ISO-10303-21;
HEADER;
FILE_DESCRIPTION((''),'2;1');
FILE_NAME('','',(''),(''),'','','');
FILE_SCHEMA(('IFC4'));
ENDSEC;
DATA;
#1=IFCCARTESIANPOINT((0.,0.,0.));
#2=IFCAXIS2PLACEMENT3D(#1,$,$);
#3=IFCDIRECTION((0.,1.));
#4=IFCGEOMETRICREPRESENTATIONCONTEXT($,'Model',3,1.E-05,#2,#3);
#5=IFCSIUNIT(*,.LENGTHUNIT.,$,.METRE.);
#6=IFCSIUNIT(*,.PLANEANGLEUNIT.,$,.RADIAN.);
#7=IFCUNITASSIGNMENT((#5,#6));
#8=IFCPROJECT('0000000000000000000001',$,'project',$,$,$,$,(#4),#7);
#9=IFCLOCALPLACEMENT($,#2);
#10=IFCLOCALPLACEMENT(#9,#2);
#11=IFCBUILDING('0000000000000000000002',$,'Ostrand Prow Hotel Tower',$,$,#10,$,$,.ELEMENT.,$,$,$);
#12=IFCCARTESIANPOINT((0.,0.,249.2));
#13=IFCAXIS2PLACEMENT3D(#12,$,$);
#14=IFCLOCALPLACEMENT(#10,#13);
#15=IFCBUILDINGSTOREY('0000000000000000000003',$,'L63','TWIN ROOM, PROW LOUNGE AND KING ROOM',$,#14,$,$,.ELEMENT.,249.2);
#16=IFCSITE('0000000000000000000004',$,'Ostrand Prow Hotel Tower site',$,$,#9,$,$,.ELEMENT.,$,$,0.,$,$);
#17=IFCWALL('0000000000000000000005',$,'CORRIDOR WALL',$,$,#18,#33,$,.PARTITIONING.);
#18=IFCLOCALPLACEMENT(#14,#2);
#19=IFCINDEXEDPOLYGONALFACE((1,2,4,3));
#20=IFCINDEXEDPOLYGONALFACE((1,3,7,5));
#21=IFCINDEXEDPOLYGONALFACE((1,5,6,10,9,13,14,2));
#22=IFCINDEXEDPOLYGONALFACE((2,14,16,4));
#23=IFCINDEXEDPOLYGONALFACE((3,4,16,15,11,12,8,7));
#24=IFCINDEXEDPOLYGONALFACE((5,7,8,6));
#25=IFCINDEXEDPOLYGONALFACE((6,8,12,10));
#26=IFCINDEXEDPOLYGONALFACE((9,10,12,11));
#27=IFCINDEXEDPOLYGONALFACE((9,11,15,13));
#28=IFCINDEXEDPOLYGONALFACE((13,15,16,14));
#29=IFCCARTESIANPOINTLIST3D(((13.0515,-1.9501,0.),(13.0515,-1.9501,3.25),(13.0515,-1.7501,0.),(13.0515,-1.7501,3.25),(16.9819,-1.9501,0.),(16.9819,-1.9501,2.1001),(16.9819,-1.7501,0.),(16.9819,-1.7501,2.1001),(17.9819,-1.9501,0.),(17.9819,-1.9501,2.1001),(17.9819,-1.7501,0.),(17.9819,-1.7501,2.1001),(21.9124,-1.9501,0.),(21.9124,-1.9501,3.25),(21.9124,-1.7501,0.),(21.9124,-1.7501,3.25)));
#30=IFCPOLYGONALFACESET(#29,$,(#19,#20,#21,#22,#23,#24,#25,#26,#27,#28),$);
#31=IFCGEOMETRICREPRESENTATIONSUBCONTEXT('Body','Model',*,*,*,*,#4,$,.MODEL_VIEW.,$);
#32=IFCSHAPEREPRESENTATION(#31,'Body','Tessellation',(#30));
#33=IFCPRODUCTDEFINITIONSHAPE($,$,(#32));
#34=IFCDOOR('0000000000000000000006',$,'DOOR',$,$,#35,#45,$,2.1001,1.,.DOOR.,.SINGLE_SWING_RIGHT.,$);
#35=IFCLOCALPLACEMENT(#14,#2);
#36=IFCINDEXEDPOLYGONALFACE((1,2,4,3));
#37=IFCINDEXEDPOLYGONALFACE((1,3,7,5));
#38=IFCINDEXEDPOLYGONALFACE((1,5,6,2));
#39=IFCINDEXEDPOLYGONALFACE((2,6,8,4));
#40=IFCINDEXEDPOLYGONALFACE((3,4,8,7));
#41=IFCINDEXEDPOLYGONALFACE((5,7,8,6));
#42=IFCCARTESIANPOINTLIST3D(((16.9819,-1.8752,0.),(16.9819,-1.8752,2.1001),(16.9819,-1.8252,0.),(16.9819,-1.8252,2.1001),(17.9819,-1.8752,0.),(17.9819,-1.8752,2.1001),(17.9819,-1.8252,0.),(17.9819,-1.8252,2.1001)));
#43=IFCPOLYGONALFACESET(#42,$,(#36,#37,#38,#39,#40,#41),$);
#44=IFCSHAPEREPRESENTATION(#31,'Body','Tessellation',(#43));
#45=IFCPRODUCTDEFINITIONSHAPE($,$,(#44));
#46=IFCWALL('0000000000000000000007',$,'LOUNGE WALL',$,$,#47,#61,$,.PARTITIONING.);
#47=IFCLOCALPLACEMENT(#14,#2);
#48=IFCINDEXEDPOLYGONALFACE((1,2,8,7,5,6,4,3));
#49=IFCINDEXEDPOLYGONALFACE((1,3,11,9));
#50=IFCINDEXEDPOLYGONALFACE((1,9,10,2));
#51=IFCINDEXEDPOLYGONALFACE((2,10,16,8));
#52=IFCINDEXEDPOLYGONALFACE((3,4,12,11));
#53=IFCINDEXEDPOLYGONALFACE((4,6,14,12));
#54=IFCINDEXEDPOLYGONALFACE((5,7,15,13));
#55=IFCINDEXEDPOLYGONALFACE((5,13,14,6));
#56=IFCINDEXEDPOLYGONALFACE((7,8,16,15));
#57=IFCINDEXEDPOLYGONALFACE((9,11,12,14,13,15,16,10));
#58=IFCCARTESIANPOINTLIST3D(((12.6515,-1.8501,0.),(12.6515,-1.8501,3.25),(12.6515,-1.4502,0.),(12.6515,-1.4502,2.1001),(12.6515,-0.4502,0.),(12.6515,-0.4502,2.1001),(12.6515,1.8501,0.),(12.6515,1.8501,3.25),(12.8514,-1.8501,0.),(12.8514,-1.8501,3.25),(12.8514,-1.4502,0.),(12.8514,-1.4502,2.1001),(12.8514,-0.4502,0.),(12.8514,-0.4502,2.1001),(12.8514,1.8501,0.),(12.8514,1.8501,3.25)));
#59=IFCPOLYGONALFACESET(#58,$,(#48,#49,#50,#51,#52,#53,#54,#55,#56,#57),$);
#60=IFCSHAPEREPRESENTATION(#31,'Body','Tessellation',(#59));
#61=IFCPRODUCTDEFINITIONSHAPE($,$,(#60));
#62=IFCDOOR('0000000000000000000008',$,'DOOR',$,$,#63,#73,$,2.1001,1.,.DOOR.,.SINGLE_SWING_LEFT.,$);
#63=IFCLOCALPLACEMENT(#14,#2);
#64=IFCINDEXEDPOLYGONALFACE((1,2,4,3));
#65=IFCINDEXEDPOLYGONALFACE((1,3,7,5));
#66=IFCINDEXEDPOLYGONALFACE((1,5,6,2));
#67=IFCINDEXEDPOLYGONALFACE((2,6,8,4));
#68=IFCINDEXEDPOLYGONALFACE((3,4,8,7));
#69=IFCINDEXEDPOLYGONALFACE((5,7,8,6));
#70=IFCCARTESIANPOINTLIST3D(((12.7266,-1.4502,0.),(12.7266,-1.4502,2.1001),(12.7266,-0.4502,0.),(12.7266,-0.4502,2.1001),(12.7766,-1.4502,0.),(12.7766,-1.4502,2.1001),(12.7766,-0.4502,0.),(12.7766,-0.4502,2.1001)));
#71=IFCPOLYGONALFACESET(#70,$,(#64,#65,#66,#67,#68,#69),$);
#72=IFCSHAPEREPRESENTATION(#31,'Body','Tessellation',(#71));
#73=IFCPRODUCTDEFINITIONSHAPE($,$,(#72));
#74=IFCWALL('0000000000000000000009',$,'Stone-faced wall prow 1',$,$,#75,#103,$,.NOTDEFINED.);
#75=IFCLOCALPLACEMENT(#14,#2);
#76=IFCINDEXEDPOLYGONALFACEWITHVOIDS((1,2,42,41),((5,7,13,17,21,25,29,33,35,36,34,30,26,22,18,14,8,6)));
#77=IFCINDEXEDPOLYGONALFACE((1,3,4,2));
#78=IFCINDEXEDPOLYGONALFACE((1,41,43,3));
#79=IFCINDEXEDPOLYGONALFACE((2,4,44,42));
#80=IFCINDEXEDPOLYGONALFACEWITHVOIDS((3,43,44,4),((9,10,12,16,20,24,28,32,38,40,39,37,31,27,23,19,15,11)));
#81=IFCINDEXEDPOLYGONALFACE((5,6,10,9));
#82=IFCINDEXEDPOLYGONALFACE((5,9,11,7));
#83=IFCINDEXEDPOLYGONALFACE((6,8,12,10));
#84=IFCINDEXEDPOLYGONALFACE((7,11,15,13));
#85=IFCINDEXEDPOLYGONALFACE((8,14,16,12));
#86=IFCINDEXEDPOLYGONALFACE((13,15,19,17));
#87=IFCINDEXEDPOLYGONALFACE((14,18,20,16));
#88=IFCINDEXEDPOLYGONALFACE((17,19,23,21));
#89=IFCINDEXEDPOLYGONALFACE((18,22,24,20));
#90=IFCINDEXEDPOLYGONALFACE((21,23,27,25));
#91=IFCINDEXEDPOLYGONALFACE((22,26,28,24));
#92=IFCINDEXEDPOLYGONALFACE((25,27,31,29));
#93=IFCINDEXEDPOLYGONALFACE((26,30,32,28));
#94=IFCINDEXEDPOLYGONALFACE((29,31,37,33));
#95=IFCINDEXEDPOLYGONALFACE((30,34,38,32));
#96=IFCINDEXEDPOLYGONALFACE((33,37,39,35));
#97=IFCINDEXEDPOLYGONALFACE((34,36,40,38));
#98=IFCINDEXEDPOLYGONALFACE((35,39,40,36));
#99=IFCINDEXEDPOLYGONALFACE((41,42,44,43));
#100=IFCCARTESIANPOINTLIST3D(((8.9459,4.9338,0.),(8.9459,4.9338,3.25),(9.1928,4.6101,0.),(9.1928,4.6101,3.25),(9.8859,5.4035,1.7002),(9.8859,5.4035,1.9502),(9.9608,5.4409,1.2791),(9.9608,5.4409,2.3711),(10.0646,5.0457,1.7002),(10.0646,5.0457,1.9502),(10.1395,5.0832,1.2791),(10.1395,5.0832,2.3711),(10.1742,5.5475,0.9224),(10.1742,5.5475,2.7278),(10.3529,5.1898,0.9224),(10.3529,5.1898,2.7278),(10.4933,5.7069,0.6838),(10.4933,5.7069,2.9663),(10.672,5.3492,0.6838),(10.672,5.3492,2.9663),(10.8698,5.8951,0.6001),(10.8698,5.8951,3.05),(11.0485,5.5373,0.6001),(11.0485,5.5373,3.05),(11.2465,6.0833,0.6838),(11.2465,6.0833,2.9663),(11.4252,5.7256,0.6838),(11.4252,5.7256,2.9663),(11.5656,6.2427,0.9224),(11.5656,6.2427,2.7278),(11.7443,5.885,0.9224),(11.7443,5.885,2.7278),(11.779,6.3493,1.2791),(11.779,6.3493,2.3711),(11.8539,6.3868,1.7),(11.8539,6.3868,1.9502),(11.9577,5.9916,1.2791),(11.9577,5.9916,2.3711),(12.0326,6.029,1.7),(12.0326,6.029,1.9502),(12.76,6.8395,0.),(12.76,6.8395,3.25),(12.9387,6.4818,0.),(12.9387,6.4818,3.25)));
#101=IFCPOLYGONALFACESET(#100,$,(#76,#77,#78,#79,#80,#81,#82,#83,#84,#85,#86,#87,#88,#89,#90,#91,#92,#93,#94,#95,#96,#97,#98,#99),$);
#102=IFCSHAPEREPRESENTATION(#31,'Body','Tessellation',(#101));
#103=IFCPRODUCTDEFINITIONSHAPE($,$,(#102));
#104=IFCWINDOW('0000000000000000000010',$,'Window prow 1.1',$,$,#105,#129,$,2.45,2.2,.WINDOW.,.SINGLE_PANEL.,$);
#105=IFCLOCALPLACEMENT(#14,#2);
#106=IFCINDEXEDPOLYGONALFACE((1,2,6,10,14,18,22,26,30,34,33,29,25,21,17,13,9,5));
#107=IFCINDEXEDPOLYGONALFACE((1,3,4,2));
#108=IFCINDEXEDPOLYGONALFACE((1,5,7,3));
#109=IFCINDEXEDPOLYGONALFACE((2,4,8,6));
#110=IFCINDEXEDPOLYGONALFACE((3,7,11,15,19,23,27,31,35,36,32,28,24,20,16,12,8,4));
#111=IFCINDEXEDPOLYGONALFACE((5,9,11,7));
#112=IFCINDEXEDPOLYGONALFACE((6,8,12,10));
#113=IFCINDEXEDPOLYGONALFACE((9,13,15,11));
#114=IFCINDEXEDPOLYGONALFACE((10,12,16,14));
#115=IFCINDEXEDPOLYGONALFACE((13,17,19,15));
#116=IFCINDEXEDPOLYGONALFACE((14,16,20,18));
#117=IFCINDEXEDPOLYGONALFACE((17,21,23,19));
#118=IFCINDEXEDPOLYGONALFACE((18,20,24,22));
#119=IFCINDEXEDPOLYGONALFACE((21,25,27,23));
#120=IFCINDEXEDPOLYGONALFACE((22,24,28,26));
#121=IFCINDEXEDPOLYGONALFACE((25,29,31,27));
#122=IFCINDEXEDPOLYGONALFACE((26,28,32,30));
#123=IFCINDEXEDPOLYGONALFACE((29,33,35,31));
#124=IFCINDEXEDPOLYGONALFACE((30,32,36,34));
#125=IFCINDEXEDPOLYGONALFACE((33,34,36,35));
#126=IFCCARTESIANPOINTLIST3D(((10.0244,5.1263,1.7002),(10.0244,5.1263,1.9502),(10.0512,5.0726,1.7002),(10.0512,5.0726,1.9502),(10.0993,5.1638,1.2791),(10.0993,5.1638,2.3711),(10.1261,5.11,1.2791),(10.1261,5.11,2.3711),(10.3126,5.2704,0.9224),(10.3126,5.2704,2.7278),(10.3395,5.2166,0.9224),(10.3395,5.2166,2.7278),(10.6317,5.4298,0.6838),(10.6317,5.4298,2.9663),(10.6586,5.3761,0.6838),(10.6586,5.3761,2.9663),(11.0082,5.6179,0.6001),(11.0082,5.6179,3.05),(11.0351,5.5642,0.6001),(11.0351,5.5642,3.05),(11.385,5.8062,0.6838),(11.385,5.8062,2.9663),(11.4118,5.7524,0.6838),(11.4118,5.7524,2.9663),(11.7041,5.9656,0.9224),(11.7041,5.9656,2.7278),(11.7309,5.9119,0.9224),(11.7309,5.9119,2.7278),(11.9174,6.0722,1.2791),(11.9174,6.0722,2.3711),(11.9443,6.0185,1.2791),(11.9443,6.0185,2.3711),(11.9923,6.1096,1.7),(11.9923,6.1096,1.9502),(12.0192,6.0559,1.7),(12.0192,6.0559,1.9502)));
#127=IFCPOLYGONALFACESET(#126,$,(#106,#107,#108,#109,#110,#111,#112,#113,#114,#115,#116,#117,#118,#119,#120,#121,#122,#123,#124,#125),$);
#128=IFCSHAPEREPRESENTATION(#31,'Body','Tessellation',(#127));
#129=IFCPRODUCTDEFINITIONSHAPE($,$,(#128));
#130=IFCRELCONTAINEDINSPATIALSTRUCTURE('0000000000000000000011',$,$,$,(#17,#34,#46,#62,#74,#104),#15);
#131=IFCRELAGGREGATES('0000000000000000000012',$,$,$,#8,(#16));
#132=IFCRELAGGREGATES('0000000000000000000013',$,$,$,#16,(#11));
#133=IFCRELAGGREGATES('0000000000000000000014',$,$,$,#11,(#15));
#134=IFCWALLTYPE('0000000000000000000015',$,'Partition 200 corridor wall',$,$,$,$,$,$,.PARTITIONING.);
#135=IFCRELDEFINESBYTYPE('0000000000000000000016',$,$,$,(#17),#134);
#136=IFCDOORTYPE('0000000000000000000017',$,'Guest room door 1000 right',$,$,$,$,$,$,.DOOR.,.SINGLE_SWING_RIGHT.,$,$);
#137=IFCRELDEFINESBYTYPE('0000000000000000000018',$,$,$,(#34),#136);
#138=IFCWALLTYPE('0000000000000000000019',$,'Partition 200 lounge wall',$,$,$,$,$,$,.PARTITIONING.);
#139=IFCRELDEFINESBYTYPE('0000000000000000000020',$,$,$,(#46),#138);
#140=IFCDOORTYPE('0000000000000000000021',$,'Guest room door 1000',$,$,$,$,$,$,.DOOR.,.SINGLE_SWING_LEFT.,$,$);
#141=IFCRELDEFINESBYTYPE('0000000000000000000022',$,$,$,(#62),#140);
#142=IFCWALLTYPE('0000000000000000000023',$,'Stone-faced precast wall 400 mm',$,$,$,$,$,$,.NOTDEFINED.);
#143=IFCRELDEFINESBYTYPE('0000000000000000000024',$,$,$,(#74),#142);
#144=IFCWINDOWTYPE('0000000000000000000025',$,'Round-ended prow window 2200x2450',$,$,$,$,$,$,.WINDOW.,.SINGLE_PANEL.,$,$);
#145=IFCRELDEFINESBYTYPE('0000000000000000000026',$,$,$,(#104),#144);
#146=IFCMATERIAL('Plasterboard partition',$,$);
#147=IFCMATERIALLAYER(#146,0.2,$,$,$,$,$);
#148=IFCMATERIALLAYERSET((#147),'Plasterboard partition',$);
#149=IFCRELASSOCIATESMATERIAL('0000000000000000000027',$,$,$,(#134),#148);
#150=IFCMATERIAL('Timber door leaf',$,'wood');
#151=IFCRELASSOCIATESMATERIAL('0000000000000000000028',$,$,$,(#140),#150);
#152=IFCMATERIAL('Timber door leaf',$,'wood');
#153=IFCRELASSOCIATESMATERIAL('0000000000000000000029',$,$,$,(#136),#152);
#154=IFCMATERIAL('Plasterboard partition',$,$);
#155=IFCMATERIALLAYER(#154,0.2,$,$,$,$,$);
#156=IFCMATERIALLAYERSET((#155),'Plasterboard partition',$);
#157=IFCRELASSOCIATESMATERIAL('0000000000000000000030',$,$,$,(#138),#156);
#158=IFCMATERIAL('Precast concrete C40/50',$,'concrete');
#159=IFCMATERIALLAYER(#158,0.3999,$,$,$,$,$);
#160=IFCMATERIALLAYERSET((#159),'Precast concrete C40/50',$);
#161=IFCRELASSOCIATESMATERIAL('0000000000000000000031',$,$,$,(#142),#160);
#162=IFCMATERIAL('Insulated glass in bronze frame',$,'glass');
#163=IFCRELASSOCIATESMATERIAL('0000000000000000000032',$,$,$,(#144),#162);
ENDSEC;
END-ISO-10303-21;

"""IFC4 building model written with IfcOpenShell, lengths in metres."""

from ifc_helpers import new_model, si_unit, direction, frame, frame_2d, origin, place, context, subcontext, project, spatial, polyline, rectangle, outline, extrude, material, layer, layer_set, type_object, element, fill, save


model = new_model("IFC4")

# Units and contexts
model_context = context("Model", 3, precision=1e-05, world=origin(), true_north=direction((0.0, 1.0)))
body_context = subcontext(model_context, "Body", "Model", "MODEL_VIEW")
ifc_project = project(units=[si_unit("LENGTHUNIT", "METRE"), si_unit("PLANEANGLEUNIT", "RADIAN")], contexts=[model_context])

# Site, building, storey
site_placement = place(None, origin())
site = spatial("IfcSite", under=ifc_project, at=site_placement, Name="Ostrand Prow Hotel Tower site", CompositionType="ELEMENT", RefElevation=0.0)
building_placement = place(site_placement, origin())
building = spatial("IfcBuilding", under=site, at=building_placement, Name="Ostrand Prow Hotel Tower", CompositionType="ELEMENT")
storey_placement = place(building_placement, frame((0.0, 0.0, 249.2)))
storey = spatial("IfcBuildingStorey", under=building, at=storey_placement, Name="L63", Description="TWIN ROOM, PROW LOUNGE AND KING ROOM", CompositionType="ELEMENT", Elevation=249.2)

# Walls, openings, doors
ifc_material_1 = material(Name="Plasterboard partition")
ifc_layer_1 = layer(ifc_material_1, 0.2)
ifc_layer_set_1 = layer_set([ifc_layer_1], Name="Plasterboard partition")
wall_type_1 = type_object("IfcWallType", Name="Partition 200 corridor wall", PredefinedType="PARTITIONING", material=ifc_layer_set_1)
ifc_material_2 = material(Name="Timber door leaf", Category="wood")
door_type_1 = type_object("IfcDoorType", Name="Guest room door 1000", OperationType="SINGLE_SWING_LEFT", PredefinedType="DOOR", material=ifc_material_2)
wall_1_placement = place(storey_placement, frame((13.0515, -1.8501, 0.0), z_axis=(0.0, 0.0, 1.0), x_axis=(1.0, 0.0, 0.0)))
wall_1 = element("IfcWall", 1, at=wall_1_placement, inside=storey, type_object=wall_type_1, Name="CORRIDOR WALL", PredefinedType="PARTITIONING", context=body_context, shape_type="SweptSolid", body=[
    extrude(rectangle(XDim=8.8608, YDim=0.2, at=frame_2d((4.4304, 0.0))), origin(), (0.0, 0.0, 1.0), 3.25),
])
opening_1_placement = place(wall_1_placement, frame((3.9304, 0.0, 0.0)))
opening_1 = element("IfcOpeningElement", 2, at=opening_1_placement, cuts=wall_1, PredefinedType="OPENING", context=body_context, shape_type="SweptSolid", body=[
    extrude(rectangle(XDim=1.0, YDim=2.1001, at=frame_2d((0.5, 1.05))), frame((0.0, 0.1099, 0.0), z_axis=(0.0, -1.0, 0.0), x_axis=(1.0, 0.0, 0.0)), (0.0, 0.0, 1.0), 0.22),
])
ifc_material_3 = material(Name="Timber door leaf", Category="wood")
door_type_2 = type_object("IfcDoorType", Name="Guest room door 1000 right", OperationType="SINGLE_SWING_RIGHT", PredefinedType="DOOR", material=ifc_material_3)
door_1_placement = place(opening_1_placement, origin())
door_1 = element("IfcDoor", 3, at=door_1_placement, inside=storey, type_object=door_type_2, Name="DOOR", OperationType="SINGLE_SWING_RIGHT", OverallHeight=2.1001, OverallWidth=1.0, PredefinedType="DOOR", context=body_context, shape_type="SweptSolid", body=[
    extrude(rectangle(XDim=1.0, YDim=2.1001, at=frame_2d((0.5, 1.05))), frame((0.0, 0.0249, 0.0), z_axis=(0.0, -1.0, 0.0), x_axis=(1.0, 0.0, 0.0)), (0.0, 0.0, 1.0), 0.05),
])
fill(opening_1, door_1)
ifc_material_4 = material(Name="Plasterboard partition")
ifc_layer_2 = layer(ifc_material_4, 0.2)
ifc_layer_set_2 = layer_set([ifc_layer_2], Name="Plasterboard partition")
wall_type_2 = type_object("IfcWallType", Name="Partition 200 lounge wall", PredefinedType="PARTITIONING", material=ifc_layer_set_2)
wall_2_placement = place(storey_placement, frame((12.7515, -1.8501, 0.0), z_axis=(0.0, 0.0, 1.0), x_axis=(0.0, 1.0, 0.0)))
wall_2 = element("IfcWall", 4, at=wall_2_placement, inside=storey, type_object=wall_type_2, Name="LOUNGE WALL", PredefinedType="PARTITIONING", context=body_context, shape_type="SweptSolid", body=[
    extrude(rectangle(XDim=3.7002, YDim=0.2, at=frame_2d((1.8501, 0.0))), origin(), (0.0, 0.0, 1.0), 3.25),
])
opening_2_placement = place(wall_2_placement, frame((0.3999, 0.0, 0.0)))
opening_2 = element("IfcOpeningElement", 5, at=opening_2_placement, cuts=wall_2, PredefinedType="OPENING", context=body_context, shape_type="SweptSolid", body=[
    extrude(rectangle(XDim=1.0, YDim=2.1001, at=frame_2d((0.5, 1.05))), frame((0.0, 0.1099, 0.0), z_axis=(0.0, -1.0, 0.0), x_axis=(1.0, 0.0, 0.0)), (0.0, 0.0, 1.0), 0.22),
])
door_2_placement = place(opening_2_placement, origin())
door_2 = element("IfcDoor", 6, at=door_2_placement, inside=storey, type_object=door_type_1, Name="DOOR", OperationType="SINGLE_SWING_LEFT", OverallHeight=2.1001, OverallWidth=1.0, PredefinedType="DOOR", context=body_context, shape_type="SweptSolid", body=[
    extrude(rectangle(XDim=1.0, YDim=2.1001, at=frame_2d((0.5, 1.05))), frame((0.0, 0.0249, 0.0), z_axis=(0.0, -1.0, 0.0), x_axis=(1.0, 0.0, 0.0)), (0.0, 0.0, 1.0), 0.05),
])
fill(opening_2, door_2)

# Wall, opening, window
ifc_material_5 = material(Name="Precast concrete C40/50", Category="concrete")
ifc_layer_3 = layer(ifc_material_5, 0.3999)
ifc_layer_set_3 = layer_set([ifc_layer_3], Name="Precast concrete C40/50")
wall_type_3 = type_object("IfcWallType", Name="Stone-faced precast wall 400 mm", PredefinedType="NOTDEFINED", material=ifc_layer_set_3)
wall_3_placement = place(storey_placement, frame((12.8494, 6.6606, 0.0), z_axis=(0.0, 0.0, 1.0), x_axis=(-0.894554, -0.446959, 0.0)))
wall_3 = element("IfcWall", 7, at=wall_3_placement, inside=storey, type_object=wall_type_3, Name="Stone-faced wall prow 1", PredefinedType="NOTDEFINED", context=body_context, shape_type="SweptSolid", body=[
    extrude(outline(polyline([(0.0, -0.2), (4.2637, -0.2), (4.1875, 0.2), (0.0, 0.2), (0.0, -0.2)])), origin(), (0.0, 0.0, 1.0), 3.25),
])
opening_3_placement = place(wall_3_placement, frame((1.0129, 0.0, 0.6001)))
opening_3 = element("IfcOpeningElement", 8, at=opening_3_placement, cuts=wall_3, PredefinedType="OPENING", context=body_context, shape_type="SweptSolid", body=[
    extrude(outline(polyline([(0.0, 1.3501), (0.0837, 1.771), (0.3223, 2.1277), (0.679, 2.3662), (1.1001, 2.45), (1.521, 2.3662), (1.8777, 2.1277), (2.1162, 1.771), (2.2, 1.3501), (2.2, 1.1001), (2.1162, 0.679), (1.8777, 0.3223), (1.521, 0.0837), (1.1001, 0.0), (0.679, 0.0837), (0.3223, 0.3223), (0.0837, 0.679), (0.0, 1.0999), (0.0, 1.3501)])), frame((0.0, 0.21, 0.0), z_axis=(0.0, -1.0, 0.0), x_axis=(1.0, 0.0, 0.0)), (0.0, 0.0, 1.0), 0.4199),
])
ifc_material_6 = material(Name="Insulated glass in bronze frame", Category="glass")
window_type = type_object("IfcWindowType", Name="Round-ended prow window 2200x2450", PartitioningType="SINGLE_PANEL", PredefinedType="WINDOW", material=ifc_material_6)
window_1_placement = place(opening_3_placement, origin())
window_1 = element("IfcWindow", 9, at=window_1_placement, inside=storey, type_object=window_type, Name="Window prow 1.1", OverallHeight=2.45, OverallWidth=2.2, PartitioningType="SINGLE_PANEL", PredefinedType="WINDOW", context=body_context, shape_type="SweptSolid", body=[
    extrude(outline(polyline([(0.0, 1.3501), (0.0837, 1.771), (0.3223, 2.1277), (0.679, 2.3662), (1.1001, 2.45), (1.521, 2.3662), (1.8777, 2.1277), (2.1162, 1.771), (2.2, 1.3501), (2.2, 1.1001), (2.1162, 0.679), (1.8777, 0.3223), (1.521, 0.0837), (1.1001, 0.0), (0.679, 0.0837), (0.3223, 0.3223), (0.0837, 0.679), (0.0, 1.0999), (0.0, 1.3501)])), frame((0.0, 0.1699, 0.0), z_axis=(0.0, -1.0, 0.0), x_axis=(1.0, 0.0, 0.0)), (0.0, 0.0, 1.0), 0.0601),
])
fill(opening_3, window_1)

save(model, "model.ifc")
